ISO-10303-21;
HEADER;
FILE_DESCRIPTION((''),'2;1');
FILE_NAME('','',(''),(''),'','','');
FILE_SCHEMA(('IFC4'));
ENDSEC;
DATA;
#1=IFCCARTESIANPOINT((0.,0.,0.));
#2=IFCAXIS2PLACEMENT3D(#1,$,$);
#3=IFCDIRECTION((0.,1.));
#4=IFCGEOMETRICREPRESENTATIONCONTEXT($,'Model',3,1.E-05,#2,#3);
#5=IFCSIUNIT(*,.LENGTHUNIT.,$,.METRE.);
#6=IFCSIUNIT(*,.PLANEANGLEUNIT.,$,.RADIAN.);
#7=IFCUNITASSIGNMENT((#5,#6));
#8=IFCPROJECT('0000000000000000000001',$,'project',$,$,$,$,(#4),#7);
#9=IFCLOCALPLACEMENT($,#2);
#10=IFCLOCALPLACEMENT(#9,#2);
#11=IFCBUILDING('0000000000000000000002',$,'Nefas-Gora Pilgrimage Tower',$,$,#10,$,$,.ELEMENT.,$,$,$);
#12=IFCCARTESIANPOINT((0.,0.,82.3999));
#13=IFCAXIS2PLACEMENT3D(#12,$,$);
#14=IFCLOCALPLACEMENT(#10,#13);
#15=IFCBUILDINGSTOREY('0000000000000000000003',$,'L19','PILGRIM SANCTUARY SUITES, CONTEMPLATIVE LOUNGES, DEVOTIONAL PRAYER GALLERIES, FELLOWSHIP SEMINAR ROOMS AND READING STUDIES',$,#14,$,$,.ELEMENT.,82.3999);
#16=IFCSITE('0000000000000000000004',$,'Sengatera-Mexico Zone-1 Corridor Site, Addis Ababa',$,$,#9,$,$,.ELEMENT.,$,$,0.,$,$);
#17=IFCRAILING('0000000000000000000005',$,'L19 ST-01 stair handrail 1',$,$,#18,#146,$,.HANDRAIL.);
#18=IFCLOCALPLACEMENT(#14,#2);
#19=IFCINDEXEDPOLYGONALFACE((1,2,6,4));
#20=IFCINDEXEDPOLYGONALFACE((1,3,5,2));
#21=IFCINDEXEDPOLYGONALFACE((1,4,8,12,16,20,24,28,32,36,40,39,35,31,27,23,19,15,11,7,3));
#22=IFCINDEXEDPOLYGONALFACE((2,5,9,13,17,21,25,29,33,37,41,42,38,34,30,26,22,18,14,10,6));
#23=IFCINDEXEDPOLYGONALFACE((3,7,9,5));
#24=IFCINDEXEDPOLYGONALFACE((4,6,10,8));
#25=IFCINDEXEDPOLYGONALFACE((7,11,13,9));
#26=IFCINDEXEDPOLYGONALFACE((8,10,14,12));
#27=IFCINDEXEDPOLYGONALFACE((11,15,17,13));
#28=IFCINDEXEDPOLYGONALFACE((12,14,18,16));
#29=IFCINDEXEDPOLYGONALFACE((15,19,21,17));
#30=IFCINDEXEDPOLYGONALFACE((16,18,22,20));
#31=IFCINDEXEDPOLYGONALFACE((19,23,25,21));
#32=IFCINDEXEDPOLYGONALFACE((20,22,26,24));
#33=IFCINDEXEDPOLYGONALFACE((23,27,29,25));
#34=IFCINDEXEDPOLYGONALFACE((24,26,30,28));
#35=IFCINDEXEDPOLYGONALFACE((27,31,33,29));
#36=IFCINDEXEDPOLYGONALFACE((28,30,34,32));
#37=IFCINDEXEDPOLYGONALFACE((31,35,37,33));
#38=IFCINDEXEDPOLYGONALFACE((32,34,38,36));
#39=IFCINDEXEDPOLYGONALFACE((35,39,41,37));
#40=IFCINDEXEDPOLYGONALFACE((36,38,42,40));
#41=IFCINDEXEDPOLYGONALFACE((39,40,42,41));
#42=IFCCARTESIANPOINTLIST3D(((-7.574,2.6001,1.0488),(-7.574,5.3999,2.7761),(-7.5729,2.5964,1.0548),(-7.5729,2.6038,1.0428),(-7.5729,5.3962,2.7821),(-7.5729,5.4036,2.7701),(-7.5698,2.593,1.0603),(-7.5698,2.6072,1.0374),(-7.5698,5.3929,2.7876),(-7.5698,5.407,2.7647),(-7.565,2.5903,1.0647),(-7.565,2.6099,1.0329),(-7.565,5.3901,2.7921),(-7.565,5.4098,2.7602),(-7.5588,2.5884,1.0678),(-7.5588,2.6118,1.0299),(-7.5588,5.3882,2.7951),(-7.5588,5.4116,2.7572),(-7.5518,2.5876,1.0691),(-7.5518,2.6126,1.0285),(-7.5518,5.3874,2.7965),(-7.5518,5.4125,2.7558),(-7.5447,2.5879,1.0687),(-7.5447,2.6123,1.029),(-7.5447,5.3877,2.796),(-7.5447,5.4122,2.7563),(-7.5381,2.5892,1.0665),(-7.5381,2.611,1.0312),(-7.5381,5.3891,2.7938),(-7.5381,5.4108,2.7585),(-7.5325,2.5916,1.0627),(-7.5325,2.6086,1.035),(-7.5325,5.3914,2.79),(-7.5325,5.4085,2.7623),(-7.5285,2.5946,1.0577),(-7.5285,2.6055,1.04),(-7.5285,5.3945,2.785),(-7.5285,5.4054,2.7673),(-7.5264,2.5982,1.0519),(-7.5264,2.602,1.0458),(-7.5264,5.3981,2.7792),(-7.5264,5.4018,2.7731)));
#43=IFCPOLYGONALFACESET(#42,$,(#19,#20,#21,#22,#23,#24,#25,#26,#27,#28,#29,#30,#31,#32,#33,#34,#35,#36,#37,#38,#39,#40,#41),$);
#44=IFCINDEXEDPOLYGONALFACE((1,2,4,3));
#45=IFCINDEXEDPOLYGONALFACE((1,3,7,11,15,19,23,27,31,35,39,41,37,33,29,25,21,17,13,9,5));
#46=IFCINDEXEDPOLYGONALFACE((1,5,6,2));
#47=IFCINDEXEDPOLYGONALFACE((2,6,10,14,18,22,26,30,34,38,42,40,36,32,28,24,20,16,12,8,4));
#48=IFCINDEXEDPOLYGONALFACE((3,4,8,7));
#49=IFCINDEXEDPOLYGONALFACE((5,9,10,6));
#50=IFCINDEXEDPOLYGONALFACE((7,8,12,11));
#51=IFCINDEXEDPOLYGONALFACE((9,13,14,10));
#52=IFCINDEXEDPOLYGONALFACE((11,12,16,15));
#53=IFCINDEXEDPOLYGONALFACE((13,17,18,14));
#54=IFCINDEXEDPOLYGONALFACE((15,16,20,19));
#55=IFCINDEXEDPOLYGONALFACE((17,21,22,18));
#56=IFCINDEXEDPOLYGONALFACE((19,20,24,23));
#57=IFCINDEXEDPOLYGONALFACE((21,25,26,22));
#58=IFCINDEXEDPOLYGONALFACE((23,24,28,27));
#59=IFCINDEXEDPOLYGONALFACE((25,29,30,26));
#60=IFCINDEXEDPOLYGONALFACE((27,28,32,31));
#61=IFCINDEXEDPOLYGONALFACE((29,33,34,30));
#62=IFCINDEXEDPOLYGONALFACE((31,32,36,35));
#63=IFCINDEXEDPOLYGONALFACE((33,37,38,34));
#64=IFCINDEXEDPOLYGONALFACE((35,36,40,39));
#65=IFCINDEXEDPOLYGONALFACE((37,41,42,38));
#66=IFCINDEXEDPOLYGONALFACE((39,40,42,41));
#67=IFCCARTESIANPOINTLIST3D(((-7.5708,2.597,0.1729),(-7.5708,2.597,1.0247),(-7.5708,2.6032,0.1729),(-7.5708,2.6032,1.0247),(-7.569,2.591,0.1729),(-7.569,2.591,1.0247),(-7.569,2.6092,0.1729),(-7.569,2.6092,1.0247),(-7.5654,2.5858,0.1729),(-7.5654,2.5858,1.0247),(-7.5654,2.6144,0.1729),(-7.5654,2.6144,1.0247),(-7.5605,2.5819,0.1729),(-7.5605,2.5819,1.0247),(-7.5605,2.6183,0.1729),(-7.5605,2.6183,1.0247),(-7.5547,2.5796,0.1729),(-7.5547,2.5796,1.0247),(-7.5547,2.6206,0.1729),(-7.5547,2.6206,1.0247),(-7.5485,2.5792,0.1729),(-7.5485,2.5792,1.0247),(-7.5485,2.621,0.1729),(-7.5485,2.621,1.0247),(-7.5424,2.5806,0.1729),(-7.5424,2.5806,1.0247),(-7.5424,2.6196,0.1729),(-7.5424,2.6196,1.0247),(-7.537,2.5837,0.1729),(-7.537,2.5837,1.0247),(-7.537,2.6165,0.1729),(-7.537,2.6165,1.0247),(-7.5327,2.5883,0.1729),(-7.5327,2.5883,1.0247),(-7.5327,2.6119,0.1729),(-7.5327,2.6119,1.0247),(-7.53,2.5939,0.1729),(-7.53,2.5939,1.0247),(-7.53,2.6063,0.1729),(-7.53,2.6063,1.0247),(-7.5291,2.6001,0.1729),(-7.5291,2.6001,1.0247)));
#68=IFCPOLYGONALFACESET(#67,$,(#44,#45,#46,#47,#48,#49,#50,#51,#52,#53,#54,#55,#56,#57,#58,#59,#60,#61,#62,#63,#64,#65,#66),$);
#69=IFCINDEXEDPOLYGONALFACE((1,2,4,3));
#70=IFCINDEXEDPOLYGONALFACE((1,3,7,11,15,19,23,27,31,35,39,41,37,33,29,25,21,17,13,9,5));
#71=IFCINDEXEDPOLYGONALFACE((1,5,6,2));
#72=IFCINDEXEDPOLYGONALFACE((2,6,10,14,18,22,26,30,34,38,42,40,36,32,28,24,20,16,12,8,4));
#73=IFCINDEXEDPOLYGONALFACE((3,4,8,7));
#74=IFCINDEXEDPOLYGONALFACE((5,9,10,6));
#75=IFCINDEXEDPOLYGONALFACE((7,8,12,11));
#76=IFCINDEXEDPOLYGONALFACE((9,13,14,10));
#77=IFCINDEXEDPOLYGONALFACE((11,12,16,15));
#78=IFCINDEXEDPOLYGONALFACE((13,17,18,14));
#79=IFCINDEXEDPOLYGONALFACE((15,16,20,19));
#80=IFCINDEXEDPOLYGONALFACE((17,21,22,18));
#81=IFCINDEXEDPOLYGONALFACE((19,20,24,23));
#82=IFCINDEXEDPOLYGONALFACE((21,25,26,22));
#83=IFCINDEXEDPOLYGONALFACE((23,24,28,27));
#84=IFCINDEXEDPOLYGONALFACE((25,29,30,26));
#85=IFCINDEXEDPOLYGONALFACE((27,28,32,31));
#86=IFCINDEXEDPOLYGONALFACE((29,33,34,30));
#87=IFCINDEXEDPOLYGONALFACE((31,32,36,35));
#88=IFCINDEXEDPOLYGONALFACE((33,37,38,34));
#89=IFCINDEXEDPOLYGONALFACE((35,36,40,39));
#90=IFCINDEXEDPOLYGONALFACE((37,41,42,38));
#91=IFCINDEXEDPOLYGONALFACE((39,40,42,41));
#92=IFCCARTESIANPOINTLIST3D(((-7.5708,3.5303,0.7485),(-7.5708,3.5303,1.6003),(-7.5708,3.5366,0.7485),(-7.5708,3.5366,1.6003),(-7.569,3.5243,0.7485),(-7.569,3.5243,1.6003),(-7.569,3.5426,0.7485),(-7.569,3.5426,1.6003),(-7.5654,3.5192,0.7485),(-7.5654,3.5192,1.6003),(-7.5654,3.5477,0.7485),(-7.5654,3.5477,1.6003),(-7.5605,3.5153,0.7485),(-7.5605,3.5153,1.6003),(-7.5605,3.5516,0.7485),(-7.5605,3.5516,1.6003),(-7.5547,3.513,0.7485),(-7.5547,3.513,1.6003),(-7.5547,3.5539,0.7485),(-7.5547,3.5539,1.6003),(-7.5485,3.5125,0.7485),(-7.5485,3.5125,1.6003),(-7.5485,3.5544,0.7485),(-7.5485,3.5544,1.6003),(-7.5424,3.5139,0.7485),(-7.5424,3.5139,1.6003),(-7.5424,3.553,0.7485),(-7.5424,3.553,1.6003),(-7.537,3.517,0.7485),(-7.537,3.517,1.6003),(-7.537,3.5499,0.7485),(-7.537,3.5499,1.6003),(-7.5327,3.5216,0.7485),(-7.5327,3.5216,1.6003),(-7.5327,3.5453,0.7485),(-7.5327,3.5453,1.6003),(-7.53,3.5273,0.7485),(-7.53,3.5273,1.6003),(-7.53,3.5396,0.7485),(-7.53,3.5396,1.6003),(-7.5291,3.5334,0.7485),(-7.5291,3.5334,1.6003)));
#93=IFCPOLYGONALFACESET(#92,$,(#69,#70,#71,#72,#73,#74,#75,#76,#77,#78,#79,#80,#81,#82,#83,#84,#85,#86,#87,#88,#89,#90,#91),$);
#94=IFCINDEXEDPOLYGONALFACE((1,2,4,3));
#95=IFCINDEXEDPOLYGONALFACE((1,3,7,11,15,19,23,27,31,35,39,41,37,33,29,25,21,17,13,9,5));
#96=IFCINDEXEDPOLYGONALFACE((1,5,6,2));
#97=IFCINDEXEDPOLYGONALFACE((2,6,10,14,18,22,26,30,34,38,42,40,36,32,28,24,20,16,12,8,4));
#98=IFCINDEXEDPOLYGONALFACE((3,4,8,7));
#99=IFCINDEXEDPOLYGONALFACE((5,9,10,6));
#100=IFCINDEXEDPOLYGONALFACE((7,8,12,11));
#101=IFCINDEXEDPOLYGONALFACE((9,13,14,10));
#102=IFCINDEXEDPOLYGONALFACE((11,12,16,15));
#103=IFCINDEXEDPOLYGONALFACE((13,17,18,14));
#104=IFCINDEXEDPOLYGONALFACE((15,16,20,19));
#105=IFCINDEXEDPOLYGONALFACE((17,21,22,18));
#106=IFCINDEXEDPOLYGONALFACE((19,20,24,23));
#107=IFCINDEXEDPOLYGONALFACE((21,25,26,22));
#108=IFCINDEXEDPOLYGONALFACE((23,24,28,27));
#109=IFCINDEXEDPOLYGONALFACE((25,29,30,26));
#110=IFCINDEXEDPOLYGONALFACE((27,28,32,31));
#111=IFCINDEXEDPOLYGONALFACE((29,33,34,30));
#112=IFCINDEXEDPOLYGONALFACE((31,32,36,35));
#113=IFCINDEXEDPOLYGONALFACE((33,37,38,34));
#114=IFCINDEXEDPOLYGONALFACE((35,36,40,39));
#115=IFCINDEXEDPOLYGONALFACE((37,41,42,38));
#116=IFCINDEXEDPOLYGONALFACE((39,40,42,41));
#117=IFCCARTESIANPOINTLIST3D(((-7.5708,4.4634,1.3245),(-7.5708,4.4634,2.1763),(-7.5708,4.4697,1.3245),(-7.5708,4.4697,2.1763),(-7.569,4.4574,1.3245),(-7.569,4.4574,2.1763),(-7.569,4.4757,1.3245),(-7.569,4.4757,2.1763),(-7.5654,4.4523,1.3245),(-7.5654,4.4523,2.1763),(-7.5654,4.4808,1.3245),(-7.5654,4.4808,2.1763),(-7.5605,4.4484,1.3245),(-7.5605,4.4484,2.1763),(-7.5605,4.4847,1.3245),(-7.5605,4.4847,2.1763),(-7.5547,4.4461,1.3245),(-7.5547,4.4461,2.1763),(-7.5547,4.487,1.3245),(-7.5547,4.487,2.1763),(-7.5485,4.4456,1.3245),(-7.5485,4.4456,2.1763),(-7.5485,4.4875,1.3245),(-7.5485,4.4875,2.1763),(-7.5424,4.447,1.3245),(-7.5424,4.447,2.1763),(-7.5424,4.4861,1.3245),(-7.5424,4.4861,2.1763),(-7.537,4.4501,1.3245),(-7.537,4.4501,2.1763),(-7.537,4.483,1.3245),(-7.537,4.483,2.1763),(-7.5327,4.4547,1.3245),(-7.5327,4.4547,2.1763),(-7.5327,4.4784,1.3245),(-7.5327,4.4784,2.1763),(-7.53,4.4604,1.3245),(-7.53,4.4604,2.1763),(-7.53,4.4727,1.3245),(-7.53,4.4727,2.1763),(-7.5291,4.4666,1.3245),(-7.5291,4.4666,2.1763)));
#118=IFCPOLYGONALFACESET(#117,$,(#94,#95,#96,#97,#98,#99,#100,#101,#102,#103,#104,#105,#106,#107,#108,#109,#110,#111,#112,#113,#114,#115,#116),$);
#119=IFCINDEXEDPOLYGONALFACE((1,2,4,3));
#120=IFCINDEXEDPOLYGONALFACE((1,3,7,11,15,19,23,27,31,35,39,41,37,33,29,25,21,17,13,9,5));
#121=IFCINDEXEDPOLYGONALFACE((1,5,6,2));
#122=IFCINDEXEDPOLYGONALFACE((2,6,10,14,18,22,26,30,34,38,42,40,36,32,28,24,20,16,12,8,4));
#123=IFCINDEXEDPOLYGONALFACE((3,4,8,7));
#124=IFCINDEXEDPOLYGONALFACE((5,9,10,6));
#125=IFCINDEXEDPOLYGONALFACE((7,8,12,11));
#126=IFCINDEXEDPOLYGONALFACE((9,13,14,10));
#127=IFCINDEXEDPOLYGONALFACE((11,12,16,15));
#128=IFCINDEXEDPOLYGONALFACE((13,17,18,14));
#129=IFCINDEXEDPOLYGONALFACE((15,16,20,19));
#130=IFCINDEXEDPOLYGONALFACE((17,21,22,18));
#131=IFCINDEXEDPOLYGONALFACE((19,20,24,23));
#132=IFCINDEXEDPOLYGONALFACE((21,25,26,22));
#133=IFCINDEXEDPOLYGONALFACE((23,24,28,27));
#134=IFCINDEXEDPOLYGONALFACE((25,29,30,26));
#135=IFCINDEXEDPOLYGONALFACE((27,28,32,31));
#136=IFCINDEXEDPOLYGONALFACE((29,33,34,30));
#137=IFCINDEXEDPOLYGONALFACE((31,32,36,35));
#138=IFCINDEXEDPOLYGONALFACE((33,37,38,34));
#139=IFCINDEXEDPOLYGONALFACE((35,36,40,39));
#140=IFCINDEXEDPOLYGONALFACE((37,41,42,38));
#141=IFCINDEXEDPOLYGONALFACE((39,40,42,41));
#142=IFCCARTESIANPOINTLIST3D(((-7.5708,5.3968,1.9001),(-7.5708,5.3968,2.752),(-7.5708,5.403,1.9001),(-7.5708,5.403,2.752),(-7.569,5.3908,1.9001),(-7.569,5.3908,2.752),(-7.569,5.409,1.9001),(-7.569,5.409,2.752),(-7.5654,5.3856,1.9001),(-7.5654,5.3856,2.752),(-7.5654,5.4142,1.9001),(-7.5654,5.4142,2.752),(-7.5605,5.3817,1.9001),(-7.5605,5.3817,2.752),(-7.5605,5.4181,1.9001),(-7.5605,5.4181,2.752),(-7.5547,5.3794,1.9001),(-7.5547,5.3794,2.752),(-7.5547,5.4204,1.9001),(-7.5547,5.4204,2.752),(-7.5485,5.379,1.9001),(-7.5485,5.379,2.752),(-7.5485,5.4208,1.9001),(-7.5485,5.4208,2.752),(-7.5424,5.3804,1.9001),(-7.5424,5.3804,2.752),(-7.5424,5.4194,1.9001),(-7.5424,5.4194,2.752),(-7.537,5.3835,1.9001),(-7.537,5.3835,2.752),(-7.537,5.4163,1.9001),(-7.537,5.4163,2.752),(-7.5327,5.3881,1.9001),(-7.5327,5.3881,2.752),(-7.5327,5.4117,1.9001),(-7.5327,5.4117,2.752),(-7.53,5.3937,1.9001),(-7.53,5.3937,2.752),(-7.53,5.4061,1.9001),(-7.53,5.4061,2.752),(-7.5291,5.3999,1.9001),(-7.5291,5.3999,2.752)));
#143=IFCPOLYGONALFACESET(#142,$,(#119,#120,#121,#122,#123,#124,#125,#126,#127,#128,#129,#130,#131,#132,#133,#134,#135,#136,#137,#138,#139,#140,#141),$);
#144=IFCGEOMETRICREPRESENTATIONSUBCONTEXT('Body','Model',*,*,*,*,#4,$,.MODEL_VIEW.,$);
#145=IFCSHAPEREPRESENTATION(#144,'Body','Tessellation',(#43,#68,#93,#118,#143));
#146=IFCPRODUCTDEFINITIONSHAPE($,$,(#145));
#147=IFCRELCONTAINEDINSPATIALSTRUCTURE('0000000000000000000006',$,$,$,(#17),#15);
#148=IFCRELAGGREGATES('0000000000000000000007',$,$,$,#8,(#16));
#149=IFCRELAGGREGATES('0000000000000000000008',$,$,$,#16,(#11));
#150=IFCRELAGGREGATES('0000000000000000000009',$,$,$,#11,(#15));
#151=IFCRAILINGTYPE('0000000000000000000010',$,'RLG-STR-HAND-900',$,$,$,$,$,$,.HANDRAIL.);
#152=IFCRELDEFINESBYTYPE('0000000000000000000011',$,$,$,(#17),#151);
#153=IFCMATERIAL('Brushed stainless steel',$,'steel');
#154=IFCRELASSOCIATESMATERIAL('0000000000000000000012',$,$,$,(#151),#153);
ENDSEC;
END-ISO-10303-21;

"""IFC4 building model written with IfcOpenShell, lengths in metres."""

from ifc_helpers import new_model, si_unit, direction, frame, origin, origin_2d, place, context, subcontext, project, spatial, circle, extrude, material, type_object, element, save


model = new_model("IFC4")

# Units and contexts
model_context = context("Model", 3, precision=1e-05, world=origin(), true_north=direction((0.0, 1.0)))
body_context = subcontext(model_context, "Body", "Model", "MODEL_VIEW")
ifc_project = project(units=[si_unit("LENGTHUNIT", "METRE"), si_unit("PLANEANGLEUNIT", "RADIAN")], contexts=[model_context])

# Site, building, storey
site_placement = place(None, origin())
site = spatial("IfcSite", under=ifc_project, at=site_placement, Name="Sengatera-Mexico Zone-1 Corridor Site, Addis Ababa", CompositionType="ELEMENT", RefElevation=0.0)
building_placement = place(site_placement, origin())
building = spatial("IfcBuilding", under=site, at=building_placement, Name="Nefas-Gora Pilgrimage Tower", CompositionType="ELEMENT")
storey_placement = place(building_placement, frame((0.0, 0.0, 82.3999)))
storey = spatial("IfcBuildingStorey", under=building, at=storey_placement, Name="L19", Description="PILGRIM SANCTUARY SUITES, CONTEMPLATIVE LOUNGES, DEVOTIONAL PRAYER GALLERIES, FELLOWSHIP SEMINAR ROOMS AND READING STUDIES", CompositionType="ELEMENT", Elevation=82.3999)

# Railing
ifc_material_1 = material(Name="Brushed stainless steel", Category="steel")
railing_type_1 = type_object("IfcRailingType", Name="RLG-STR-HAND-900", PredefinedType="HANDRAIL", material=ifc_material_1)
railing_1_placement = place(storey_placement, frame((-7.55, 2.6001, 0.1729)))
element("IfcRailing", 1, at=railing_1_placement, inside=storey, type_object=railing_type_1, Name="L19 ST-01 stair handrail 1", PredefinedType="HANDRAIL", context=body_context, shape_type="SweptSolid", body=[
    extrude(circle(Radius=0.0239, at=origin_2d()), frame((0.0, 0.0, 0.876), z_axis=(0.0, 0.851069, 0.525054), x_axis=(-1.0, 0.0, 0.0)), (0.0, 0.0, 1.0), 3.2898),
    extrude(circle(Radius=0.021, at=origin_2d()), origin(), (0.0, 0.0, 1.0), 0.8518),
    extrude(circle(Radius=0.021, at=origin_2d()), frame((0.0, 0.9333, 0.5757)), (0.0, 0.0, 1.0), 0.8518),
    extrude(circle(Radius=0.021, at=origin_2d()), frame((0.0, 1.8665, 1.1516)), (0.0, 0.0, 1.0), 0.8518),
    extrude(circle(Radius=0.021, at=origin_2d()), frame((0.0, 2.7998, 1.7273)), (0.0, 0.0, 1.0), 0.8518),
])

save(model, "model.ifc")
